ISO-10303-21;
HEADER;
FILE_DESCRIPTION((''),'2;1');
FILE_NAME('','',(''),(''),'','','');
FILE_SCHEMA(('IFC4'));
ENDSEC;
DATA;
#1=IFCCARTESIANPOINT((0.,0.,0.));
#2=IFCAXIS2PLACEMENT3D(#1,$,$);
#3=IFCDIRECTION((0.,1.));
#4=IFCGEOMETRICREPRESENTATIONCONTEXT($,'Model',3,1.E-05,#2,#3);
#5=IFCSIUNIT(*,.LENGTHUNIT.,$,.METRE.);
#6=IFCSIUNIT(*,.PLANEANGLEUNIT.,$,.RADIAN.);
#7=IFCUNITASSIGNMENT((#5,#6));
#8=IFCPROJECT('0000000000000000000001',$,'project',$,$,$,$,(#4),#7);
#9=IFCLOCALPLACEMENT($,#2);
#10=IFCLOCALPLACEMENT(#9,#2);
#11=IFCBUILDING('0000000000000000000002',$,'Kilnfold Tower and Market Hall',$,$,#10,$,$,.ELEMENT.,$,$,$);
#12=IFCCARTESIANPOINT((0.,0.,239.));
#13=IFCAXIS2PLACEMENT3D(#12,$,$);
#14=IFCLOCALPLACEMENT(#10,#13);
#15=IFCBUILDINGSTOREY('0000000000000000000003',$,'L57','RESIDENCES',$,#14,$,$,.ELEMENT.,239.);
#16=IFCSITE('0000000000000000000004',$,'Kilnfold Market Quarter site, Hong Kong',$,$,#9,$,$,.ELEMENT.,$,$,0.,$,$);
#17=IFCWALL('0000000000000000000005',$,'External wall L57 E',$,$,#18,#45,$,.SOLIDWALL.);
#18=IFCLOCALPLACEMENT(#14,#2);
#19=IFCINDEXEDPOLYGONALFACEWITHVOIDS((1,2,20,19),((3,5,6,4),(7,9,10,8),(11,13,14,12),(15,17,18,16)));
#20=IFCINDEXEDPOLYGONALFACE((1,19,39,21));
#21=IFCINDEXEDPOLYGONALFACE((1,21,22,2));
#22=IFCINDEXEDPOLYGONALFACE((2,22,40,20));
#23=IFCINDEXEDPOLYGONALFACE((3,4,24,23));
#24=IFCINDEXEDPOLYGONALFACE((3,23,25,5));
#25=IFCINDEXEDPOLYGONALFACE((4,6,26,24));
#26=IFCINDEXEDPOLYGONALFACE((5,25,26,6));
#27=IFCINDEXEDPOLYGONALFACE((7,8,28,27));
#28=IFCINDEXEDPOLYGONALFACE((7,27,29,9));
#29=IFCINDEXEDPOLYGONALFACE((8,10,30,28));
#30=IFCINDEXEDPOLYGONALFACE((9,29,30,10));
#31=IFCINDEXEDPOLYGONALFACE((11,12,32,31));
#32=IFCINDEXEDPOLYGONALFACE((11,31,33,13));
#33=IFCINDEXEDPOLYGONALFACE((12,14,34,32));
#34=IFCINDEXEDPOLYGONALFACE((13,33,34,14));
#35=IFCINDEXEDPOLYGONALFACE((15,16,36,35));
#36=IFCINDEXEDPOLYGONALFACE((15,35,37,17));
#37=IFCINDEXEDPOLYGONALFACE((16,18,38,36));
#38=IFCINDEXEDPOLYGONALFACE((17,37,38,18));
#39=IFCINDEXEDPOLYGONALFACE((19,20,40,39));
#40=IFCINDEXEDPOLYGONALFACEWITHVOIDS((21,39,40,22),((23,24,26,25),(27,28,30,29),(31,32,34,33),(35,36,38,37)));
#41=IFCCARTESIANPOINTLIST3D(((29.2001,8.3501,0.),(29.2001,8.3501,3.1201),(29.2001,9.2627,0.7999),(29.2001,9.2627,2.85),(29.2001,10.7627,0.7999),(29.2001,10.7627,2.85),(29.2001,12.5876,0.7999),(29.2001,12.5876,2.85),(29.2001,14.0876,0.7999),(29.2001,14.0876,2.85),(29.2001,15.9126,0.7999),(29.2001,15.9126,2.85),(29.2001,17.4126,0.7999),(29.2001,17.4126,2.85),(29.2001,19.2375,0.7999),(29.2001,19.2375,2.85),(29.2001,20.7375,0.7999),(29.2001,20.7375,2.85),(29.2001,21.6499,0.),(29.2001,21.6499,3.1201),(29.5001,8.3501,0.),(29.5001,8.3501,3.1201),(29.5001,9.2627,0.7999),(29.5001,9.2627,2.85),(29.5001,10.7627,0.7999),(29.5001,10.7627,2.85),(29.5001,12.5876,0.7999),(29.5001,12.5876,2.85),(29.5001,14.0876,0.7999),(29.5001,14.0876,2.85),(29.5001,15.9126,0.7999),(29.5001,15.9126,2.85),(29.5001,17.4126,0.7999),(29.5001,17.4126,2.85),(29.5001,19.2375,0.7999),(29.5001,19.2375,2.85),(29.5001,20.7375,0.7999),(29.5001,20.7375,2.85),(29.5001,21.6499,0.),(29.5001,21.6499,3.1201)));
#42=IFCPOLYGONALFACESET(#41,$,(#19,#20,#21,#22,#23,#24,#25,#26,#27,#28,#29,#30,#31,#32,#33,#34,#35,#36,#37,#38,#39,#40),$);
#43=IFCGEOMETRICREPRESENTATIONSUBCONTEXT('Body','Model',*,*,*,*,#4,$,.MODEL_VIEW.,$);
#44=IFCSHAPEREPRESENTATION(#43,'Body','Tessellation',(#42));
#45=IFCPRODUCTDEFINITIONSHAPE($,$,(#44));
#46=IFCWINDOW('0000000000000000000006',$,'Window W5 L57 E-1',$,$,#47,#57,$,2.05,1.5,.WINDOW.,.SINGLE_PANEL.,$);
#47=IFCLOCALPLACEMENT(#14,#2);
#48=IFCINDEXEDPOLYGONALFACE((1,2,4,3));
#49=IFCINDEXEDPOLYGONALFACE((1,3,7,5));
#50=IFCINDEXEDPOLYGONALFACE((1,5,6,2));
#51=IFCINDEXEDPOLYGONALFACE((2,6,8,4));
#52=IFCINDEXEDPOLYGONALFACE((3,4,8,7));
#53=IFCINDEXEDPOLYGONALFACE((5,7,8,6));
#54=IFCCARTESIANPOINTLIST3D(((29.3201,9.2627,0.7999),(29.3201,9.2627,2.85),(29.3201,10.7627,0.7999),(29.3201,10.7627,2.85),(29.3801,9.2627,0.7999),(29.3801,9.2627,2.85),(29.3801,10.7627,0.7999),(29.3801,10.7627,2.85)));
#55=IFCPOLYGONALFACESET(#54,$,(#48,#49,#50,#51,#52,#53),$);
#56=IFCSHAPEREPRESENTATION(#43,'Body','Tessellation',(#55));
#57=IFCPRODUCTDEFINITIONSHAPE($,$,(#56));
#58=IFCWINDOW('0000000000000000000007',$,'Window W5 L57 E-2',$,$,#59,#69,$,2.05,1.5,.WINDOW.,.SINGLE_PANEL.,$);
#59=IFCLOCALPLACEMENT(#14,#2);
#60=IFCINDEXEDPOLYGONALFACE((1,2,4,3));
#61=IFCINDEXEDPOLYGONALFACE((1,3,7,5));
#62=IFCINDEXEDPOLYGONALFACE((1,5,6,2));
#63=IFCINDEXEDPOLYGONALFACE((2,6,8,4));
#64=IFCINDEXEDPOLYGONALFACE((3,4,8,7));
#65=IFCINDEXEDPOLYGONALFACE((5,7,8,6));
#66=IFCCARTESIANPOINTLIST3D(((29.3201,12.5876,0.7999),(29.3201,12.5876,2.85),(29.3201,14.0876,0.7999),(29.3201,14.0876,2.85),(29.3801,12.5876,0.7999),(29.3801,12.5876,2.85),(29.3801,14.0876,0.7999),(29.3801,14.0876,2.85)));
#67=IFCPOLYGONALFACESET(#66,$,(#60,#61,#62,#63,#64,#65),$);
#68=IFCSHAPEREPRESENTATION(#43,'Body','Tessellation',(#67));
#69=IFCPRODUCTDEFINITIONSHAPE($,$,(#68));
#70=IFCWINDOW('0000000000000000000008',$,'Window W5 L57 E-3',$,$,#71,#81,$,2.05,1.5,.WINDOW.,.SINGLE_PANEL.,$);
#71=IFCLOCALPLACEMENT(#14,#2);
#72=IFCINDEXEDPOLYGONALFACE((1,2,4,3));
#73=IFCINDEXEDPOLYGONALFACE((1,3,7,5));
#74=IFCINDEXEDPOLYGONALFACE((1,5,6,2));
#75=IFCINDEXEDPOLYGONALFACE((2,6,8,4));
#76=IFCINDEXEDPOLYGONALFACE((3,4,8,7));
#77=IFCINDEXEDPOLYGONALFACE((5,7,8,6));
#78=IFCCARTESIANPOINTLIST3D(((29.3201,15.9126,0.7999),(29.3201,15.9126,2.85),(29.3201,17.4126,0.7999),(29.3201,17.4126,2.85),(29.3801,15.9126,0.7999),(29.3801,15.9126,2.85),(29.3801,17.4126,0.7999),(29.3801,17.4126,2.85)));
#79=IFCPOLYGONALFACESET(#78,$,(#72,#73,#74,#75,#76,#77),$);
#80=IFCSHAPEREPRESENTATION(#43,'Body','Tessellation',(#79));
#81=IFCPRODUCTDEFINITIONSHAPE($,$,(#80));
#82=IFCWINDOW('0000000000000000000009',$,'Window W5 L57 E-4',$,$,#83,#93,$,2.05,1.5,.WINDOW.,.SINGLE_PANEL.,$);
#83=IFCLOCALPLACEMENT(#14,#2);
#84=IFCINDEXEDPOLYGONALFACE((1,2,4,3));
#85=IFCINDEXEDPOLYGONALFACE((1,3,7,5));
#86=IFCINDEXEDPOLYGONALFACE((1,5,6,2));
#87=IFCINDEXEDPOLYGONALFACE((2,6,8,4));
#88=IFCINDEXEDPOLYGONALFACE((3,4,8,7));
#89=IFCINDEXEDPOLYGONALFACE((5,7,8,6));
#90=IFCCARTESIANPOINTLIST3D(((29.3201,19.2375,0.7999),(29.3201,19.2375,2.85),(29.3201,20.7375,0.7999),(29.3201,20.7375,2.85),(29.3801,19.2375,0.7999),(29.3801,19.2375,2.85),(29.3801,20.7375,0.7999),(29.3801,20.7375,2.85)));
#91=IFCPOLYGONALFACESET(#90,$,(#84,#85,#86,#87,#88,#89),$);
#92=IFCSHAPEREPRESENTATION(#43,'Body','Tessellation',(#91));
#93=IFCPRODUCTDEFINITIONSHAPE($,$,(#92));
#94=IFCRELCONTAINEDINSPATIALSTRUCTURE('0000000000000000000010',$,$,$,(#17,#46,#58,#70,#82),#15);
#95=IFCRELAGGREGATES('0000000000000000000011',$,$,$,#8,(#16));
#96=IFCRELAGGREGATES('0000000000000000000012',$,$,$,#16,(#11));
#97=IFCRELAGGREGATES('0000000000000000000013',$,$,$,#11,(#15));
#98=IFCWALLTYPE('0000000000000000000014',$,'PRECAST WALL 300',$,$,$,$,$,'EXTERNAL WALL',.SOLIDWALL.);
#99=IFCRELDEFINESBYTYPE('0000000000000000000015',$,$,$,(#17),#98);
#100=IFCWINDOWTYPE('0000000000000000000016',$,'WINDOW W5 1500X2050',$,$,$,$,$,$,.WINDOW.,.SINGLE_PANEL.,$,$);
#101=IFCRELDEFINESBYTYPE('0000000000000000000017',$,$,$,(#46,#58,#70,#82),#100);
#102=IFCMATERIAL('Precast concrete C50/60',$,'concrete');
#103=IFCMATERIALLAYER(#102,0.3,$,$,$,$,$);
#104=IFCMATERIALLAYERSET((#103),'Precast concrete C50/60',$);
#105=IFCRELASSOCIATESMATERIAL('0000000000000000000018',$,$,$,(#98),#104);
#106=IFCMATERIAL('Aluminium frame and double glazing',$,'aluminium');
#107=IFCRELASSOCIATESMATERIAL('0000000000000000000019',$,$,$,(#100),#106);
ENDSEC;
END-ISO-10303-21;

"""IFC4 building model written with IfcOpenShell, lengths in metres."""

from ifc_helpers import new_model, si_unit, direction, frame, frame_2d, origin, place, context, subcontext, project, spatial, rectangle, extrude, source, transform, mapped, material, layer, layer_set, type_object, element, fill, save


model = new_model("IFC4")

# Units and contexts
model_context = context("Model", 3, precision=1e-05, world=origin(), true_north=direction((0.0, 1.0)))
body_context = subcontext(model_context, "Body", "Model", "MODEL_VIEW")
ifc_project = project(units=[si_unit("LENGTHUNIT", "METRE"), si_unit("PLANEANGLEUNIT", "RADIAN")], contexts=[model_context])

# Site, building, storey
site_placement = place(None, origin())
site = spatial("IfcSite", under=ifc_project, at=site_placement, Name="Kilnfold Market Quarter site, Hong Kong", CompositionType="ELEMENT", RefElevation=0.0)
building_placement = place(site_placement, origin())
building = spatial("IfcBuilding", under=site, at=building_placement, Name="Kilnfold Tower and Market Hall", CompositionType="ELEMENT")
storey_placement = place(building_placement, frame((0.0, 0.0, 239.0)))
storey = spatial("IfcBuildingStorey", under=building, at=storey_placement, Name="L57", Description="RESIDENCES", CompositionType="ELEMENT", Elevation=239.0)

# Wall, openings, windows
ifc_material_1 = material(Name="Precast concrete C50/60", Category="concrete")
ifc_layer_1 = layer(ifc_material_1, 0.3)
ifc_layer_set_1 = layer_set([ifc_layer_1], Name="Precast concrete C50/60")
wall_type_1 = type_object("IfcWallType", Name="PRECAST WALL 300", ElementType="EXTERNAL WALL", PredefinedType="SOLIDWALL", material=ifc_layer_set_1)
shared_shape_1 = source(origin(), body_context, "Body", "SweptSolid", [
    extrude(rectangle(XDim=13.2998, YDim=0.3, at=frame_2d((6.6499, 0.0))), origin(), (0.0, 0.0, 1.0), 3.1201),
])
wall_1_placement = place(storey_placement, frame((29.3501, 8.3501, 0.0), z_axis=(0.0, 0.0, 1.0), x_axis=(0.0, 1.0, 0.0)))
wall_1 = element("IfcWall", 1, at=wall_1_placement, inside=storey, type_object=wall_type_1, Name="External wall L57 E", PredefinedType="SOLIDWALL", context=body_context, shape_type="MappedRepresentation", body=[
    mapped(shared_shape_1, transform((0.0, 0.0, 0.0))),
])
opening_1_placement = place(wall_1_placement, frame((0.9126, 0.0, 0.8)))
opening_1 = element("IfcOpeningElement", 2, at=opening_1_placement, cuts=wall_1, PredefinedType="OPENING", context=body_context, shape_type="SweptSolid", body=[
    extrude(rectangle(XDim=1.5, YDim=2.05, at=frame_2d((0.75, 1.0249))), frame((0.0, 0.1602, 0.0), z_axis=(0.0, -1.0, 0.0), x_axis=(1.0, 0.0, 0.0)), (0.0, 0.0, 1.0), 0.3201),
])
opening_2_placement = place(wall_1_placement, frame((4.2375, 0.0, 0.8)))
opening_2 = element("IfcOpeningElement", 3, at=opening_2_placement, cuts=wall_1, PredefinedType="OPENING", context=body_context, shape_type="SweptSolid", body=[
    extrude(rectangle(XDim=1.5, YDim=2.05, at=frame_2d((0.75, 1.0249))), frame((0.0, 0.1602, 0.0), z_axis=(0.0, -1.0, 0.0), x_axis=(1.0, 0.0, 0.0)), (0.0, 0.0, 1.0), 0.3201),
])
opening_3_placement = place(wall_1_placement, frame((7.5625, 0.0, 0.8)))
opening_3 = element("IfcOpeningElement", 4, at=opening_3_placement, cuts=wall_1, PredefinedType="OPENING", context=body_context, shape_type="SweptSolid", body=[
    extrude(rectangle(XDim=1.5, YDim=2.05, at=frame_2d((0.75, 1.0249))), frame((0.0, 0.1602, 0.0), z_axis=(0.0, -1.0, 0.0), x_axis=(1.0, 0.0, 0.0)), (0.0, 0.0, 1.0), 0.3201),
])
opening_4_placement = place(wall_1_placement, frame((10.8875, 0.0, 0.8)))
opening_4 = element("IfcOpeningElement", 5, at=opening_4_placement, cuts=wall_1, PredefinedType="OPENING", context=body_context, shape_type="SweptSolid", body=[
    extrude(rectangle(XDim=1.5, YDim=2.05, at=frame_2d((0.75, 1.0249))), frame((0.0, 0.1602, 0.0), z_axis=(0.0, -1.0, 0.0), x_axis=(1.0, 0.0, 0.0)), (0.0, 0.0, 1.0), 0.3201),
])
ifc_material_2 = material(Name="Aluminium frame and double glazing", Category="aluminium")
window_type = type_object("IfcWindowType", Name="WINDOW W5 1500X2050", PartitioningType="SINGLE_PANEL", PredefinedType="WINDOW", material=ifc_material_2)
window_1_placement = place(opening_1_placement, origin())
window_1 = element("IfcWindow", 6, at=window_1_placement, inside=storey, type_object=window_type, Name="Window W5 L57 E-1", OverallHeight=2.05, OverallWidth=1.5, PartitioningType="SINGLE_PANEL", PredefinedType="WINDOW", context=body_context, shape_type="SweptSolid", body=[
    extrude(rectangle(XDim=1.5, YDim=2.05, at=frame_2d((0.75, 1.0249))), frame((0.0, 0.03, 0.0), z_axis=(0.0, -1.0, 0.0), x_axis=(1.0, 0.0, 0.0)), (0.0, 0.0, 1.0), 0.0601),
])
fill(opening_1, window_1)
window_2_placement = place(opening_2_placement, origin())
window_2 = element("IfcWindow", 7, at=window_2_placement, inside=storey, type_object=window_type, Name="Window W5 L57 E-2", OverallHeight=2.05, OverallWidth=1.5, PartitioningType="SINGLE_PANEL", PredefinedType="WINDOW", context=body_context, shape_type="SweptSolid", body=[
    extrude(rectangle(XDim=1.5, YDim=2.05, at=frame_2d((0.75, 1.0249))), frame((0.0, 0.03, 0.0), z_axis=(0.0, -1.0, 0.0), x_axis=(1.0, 0.0, 0.0)), (0.0, 0.0, 1.0), 0.0601),
])
fill(opening_2, window_2)
window_3_placement = place(opening_3_placement, origin())
window_3 = element("IfcWindow", 8, at=window_3_placement, inside=storey, type_object=window_type, Name="Window W5 L57 E-3", OverallHeight=2.05, OverallWidth=1.5, PartitioningType="SINGLE_PANEL", PredefinedType="WINDOW", context=body_context, shape_type="SweptSolid", body=[
    extrude(rectangle(XDim=1.5, YDim=2.05, at=frame_2d((0.75, 1.0249))), frame((0.0, 0.03, 0.0), z_axis=(0.0, -1.0, 0.0), x_axis=(1.0, 0.0, 0.0)), (0.0, 0.0, 1.0), 0.0601),
])
fill(opening_3, window_3)
window_4_placement = place(opening_4_placement, origin())
window_4 = element("IfcWindow", 9, at=window_4_placement, inside=storey, type_object=window_type, Name="Window W5 L57 E-4", OverallHeight=2.05, OverallWidth=1.5, PartitioningType="SINGLE_PANEL", PredefinedType="WINDOW", context=body_context, shape_type="SweptSolid", body=[
    extrude(rectangle(XDim=1.5, YDim=2.05, at=frame_2d((0.75, 1.0249))), frame((0.0, 0.03, 0.0), z_axis=(0.0, -1.0, 0.0), x_axis=(1.0, 0.0, 0.0)), (0.0, 0.0, 1.0), 0.0601),
])
fill(opening_4, window_4)

save(model, "model.ifc")
